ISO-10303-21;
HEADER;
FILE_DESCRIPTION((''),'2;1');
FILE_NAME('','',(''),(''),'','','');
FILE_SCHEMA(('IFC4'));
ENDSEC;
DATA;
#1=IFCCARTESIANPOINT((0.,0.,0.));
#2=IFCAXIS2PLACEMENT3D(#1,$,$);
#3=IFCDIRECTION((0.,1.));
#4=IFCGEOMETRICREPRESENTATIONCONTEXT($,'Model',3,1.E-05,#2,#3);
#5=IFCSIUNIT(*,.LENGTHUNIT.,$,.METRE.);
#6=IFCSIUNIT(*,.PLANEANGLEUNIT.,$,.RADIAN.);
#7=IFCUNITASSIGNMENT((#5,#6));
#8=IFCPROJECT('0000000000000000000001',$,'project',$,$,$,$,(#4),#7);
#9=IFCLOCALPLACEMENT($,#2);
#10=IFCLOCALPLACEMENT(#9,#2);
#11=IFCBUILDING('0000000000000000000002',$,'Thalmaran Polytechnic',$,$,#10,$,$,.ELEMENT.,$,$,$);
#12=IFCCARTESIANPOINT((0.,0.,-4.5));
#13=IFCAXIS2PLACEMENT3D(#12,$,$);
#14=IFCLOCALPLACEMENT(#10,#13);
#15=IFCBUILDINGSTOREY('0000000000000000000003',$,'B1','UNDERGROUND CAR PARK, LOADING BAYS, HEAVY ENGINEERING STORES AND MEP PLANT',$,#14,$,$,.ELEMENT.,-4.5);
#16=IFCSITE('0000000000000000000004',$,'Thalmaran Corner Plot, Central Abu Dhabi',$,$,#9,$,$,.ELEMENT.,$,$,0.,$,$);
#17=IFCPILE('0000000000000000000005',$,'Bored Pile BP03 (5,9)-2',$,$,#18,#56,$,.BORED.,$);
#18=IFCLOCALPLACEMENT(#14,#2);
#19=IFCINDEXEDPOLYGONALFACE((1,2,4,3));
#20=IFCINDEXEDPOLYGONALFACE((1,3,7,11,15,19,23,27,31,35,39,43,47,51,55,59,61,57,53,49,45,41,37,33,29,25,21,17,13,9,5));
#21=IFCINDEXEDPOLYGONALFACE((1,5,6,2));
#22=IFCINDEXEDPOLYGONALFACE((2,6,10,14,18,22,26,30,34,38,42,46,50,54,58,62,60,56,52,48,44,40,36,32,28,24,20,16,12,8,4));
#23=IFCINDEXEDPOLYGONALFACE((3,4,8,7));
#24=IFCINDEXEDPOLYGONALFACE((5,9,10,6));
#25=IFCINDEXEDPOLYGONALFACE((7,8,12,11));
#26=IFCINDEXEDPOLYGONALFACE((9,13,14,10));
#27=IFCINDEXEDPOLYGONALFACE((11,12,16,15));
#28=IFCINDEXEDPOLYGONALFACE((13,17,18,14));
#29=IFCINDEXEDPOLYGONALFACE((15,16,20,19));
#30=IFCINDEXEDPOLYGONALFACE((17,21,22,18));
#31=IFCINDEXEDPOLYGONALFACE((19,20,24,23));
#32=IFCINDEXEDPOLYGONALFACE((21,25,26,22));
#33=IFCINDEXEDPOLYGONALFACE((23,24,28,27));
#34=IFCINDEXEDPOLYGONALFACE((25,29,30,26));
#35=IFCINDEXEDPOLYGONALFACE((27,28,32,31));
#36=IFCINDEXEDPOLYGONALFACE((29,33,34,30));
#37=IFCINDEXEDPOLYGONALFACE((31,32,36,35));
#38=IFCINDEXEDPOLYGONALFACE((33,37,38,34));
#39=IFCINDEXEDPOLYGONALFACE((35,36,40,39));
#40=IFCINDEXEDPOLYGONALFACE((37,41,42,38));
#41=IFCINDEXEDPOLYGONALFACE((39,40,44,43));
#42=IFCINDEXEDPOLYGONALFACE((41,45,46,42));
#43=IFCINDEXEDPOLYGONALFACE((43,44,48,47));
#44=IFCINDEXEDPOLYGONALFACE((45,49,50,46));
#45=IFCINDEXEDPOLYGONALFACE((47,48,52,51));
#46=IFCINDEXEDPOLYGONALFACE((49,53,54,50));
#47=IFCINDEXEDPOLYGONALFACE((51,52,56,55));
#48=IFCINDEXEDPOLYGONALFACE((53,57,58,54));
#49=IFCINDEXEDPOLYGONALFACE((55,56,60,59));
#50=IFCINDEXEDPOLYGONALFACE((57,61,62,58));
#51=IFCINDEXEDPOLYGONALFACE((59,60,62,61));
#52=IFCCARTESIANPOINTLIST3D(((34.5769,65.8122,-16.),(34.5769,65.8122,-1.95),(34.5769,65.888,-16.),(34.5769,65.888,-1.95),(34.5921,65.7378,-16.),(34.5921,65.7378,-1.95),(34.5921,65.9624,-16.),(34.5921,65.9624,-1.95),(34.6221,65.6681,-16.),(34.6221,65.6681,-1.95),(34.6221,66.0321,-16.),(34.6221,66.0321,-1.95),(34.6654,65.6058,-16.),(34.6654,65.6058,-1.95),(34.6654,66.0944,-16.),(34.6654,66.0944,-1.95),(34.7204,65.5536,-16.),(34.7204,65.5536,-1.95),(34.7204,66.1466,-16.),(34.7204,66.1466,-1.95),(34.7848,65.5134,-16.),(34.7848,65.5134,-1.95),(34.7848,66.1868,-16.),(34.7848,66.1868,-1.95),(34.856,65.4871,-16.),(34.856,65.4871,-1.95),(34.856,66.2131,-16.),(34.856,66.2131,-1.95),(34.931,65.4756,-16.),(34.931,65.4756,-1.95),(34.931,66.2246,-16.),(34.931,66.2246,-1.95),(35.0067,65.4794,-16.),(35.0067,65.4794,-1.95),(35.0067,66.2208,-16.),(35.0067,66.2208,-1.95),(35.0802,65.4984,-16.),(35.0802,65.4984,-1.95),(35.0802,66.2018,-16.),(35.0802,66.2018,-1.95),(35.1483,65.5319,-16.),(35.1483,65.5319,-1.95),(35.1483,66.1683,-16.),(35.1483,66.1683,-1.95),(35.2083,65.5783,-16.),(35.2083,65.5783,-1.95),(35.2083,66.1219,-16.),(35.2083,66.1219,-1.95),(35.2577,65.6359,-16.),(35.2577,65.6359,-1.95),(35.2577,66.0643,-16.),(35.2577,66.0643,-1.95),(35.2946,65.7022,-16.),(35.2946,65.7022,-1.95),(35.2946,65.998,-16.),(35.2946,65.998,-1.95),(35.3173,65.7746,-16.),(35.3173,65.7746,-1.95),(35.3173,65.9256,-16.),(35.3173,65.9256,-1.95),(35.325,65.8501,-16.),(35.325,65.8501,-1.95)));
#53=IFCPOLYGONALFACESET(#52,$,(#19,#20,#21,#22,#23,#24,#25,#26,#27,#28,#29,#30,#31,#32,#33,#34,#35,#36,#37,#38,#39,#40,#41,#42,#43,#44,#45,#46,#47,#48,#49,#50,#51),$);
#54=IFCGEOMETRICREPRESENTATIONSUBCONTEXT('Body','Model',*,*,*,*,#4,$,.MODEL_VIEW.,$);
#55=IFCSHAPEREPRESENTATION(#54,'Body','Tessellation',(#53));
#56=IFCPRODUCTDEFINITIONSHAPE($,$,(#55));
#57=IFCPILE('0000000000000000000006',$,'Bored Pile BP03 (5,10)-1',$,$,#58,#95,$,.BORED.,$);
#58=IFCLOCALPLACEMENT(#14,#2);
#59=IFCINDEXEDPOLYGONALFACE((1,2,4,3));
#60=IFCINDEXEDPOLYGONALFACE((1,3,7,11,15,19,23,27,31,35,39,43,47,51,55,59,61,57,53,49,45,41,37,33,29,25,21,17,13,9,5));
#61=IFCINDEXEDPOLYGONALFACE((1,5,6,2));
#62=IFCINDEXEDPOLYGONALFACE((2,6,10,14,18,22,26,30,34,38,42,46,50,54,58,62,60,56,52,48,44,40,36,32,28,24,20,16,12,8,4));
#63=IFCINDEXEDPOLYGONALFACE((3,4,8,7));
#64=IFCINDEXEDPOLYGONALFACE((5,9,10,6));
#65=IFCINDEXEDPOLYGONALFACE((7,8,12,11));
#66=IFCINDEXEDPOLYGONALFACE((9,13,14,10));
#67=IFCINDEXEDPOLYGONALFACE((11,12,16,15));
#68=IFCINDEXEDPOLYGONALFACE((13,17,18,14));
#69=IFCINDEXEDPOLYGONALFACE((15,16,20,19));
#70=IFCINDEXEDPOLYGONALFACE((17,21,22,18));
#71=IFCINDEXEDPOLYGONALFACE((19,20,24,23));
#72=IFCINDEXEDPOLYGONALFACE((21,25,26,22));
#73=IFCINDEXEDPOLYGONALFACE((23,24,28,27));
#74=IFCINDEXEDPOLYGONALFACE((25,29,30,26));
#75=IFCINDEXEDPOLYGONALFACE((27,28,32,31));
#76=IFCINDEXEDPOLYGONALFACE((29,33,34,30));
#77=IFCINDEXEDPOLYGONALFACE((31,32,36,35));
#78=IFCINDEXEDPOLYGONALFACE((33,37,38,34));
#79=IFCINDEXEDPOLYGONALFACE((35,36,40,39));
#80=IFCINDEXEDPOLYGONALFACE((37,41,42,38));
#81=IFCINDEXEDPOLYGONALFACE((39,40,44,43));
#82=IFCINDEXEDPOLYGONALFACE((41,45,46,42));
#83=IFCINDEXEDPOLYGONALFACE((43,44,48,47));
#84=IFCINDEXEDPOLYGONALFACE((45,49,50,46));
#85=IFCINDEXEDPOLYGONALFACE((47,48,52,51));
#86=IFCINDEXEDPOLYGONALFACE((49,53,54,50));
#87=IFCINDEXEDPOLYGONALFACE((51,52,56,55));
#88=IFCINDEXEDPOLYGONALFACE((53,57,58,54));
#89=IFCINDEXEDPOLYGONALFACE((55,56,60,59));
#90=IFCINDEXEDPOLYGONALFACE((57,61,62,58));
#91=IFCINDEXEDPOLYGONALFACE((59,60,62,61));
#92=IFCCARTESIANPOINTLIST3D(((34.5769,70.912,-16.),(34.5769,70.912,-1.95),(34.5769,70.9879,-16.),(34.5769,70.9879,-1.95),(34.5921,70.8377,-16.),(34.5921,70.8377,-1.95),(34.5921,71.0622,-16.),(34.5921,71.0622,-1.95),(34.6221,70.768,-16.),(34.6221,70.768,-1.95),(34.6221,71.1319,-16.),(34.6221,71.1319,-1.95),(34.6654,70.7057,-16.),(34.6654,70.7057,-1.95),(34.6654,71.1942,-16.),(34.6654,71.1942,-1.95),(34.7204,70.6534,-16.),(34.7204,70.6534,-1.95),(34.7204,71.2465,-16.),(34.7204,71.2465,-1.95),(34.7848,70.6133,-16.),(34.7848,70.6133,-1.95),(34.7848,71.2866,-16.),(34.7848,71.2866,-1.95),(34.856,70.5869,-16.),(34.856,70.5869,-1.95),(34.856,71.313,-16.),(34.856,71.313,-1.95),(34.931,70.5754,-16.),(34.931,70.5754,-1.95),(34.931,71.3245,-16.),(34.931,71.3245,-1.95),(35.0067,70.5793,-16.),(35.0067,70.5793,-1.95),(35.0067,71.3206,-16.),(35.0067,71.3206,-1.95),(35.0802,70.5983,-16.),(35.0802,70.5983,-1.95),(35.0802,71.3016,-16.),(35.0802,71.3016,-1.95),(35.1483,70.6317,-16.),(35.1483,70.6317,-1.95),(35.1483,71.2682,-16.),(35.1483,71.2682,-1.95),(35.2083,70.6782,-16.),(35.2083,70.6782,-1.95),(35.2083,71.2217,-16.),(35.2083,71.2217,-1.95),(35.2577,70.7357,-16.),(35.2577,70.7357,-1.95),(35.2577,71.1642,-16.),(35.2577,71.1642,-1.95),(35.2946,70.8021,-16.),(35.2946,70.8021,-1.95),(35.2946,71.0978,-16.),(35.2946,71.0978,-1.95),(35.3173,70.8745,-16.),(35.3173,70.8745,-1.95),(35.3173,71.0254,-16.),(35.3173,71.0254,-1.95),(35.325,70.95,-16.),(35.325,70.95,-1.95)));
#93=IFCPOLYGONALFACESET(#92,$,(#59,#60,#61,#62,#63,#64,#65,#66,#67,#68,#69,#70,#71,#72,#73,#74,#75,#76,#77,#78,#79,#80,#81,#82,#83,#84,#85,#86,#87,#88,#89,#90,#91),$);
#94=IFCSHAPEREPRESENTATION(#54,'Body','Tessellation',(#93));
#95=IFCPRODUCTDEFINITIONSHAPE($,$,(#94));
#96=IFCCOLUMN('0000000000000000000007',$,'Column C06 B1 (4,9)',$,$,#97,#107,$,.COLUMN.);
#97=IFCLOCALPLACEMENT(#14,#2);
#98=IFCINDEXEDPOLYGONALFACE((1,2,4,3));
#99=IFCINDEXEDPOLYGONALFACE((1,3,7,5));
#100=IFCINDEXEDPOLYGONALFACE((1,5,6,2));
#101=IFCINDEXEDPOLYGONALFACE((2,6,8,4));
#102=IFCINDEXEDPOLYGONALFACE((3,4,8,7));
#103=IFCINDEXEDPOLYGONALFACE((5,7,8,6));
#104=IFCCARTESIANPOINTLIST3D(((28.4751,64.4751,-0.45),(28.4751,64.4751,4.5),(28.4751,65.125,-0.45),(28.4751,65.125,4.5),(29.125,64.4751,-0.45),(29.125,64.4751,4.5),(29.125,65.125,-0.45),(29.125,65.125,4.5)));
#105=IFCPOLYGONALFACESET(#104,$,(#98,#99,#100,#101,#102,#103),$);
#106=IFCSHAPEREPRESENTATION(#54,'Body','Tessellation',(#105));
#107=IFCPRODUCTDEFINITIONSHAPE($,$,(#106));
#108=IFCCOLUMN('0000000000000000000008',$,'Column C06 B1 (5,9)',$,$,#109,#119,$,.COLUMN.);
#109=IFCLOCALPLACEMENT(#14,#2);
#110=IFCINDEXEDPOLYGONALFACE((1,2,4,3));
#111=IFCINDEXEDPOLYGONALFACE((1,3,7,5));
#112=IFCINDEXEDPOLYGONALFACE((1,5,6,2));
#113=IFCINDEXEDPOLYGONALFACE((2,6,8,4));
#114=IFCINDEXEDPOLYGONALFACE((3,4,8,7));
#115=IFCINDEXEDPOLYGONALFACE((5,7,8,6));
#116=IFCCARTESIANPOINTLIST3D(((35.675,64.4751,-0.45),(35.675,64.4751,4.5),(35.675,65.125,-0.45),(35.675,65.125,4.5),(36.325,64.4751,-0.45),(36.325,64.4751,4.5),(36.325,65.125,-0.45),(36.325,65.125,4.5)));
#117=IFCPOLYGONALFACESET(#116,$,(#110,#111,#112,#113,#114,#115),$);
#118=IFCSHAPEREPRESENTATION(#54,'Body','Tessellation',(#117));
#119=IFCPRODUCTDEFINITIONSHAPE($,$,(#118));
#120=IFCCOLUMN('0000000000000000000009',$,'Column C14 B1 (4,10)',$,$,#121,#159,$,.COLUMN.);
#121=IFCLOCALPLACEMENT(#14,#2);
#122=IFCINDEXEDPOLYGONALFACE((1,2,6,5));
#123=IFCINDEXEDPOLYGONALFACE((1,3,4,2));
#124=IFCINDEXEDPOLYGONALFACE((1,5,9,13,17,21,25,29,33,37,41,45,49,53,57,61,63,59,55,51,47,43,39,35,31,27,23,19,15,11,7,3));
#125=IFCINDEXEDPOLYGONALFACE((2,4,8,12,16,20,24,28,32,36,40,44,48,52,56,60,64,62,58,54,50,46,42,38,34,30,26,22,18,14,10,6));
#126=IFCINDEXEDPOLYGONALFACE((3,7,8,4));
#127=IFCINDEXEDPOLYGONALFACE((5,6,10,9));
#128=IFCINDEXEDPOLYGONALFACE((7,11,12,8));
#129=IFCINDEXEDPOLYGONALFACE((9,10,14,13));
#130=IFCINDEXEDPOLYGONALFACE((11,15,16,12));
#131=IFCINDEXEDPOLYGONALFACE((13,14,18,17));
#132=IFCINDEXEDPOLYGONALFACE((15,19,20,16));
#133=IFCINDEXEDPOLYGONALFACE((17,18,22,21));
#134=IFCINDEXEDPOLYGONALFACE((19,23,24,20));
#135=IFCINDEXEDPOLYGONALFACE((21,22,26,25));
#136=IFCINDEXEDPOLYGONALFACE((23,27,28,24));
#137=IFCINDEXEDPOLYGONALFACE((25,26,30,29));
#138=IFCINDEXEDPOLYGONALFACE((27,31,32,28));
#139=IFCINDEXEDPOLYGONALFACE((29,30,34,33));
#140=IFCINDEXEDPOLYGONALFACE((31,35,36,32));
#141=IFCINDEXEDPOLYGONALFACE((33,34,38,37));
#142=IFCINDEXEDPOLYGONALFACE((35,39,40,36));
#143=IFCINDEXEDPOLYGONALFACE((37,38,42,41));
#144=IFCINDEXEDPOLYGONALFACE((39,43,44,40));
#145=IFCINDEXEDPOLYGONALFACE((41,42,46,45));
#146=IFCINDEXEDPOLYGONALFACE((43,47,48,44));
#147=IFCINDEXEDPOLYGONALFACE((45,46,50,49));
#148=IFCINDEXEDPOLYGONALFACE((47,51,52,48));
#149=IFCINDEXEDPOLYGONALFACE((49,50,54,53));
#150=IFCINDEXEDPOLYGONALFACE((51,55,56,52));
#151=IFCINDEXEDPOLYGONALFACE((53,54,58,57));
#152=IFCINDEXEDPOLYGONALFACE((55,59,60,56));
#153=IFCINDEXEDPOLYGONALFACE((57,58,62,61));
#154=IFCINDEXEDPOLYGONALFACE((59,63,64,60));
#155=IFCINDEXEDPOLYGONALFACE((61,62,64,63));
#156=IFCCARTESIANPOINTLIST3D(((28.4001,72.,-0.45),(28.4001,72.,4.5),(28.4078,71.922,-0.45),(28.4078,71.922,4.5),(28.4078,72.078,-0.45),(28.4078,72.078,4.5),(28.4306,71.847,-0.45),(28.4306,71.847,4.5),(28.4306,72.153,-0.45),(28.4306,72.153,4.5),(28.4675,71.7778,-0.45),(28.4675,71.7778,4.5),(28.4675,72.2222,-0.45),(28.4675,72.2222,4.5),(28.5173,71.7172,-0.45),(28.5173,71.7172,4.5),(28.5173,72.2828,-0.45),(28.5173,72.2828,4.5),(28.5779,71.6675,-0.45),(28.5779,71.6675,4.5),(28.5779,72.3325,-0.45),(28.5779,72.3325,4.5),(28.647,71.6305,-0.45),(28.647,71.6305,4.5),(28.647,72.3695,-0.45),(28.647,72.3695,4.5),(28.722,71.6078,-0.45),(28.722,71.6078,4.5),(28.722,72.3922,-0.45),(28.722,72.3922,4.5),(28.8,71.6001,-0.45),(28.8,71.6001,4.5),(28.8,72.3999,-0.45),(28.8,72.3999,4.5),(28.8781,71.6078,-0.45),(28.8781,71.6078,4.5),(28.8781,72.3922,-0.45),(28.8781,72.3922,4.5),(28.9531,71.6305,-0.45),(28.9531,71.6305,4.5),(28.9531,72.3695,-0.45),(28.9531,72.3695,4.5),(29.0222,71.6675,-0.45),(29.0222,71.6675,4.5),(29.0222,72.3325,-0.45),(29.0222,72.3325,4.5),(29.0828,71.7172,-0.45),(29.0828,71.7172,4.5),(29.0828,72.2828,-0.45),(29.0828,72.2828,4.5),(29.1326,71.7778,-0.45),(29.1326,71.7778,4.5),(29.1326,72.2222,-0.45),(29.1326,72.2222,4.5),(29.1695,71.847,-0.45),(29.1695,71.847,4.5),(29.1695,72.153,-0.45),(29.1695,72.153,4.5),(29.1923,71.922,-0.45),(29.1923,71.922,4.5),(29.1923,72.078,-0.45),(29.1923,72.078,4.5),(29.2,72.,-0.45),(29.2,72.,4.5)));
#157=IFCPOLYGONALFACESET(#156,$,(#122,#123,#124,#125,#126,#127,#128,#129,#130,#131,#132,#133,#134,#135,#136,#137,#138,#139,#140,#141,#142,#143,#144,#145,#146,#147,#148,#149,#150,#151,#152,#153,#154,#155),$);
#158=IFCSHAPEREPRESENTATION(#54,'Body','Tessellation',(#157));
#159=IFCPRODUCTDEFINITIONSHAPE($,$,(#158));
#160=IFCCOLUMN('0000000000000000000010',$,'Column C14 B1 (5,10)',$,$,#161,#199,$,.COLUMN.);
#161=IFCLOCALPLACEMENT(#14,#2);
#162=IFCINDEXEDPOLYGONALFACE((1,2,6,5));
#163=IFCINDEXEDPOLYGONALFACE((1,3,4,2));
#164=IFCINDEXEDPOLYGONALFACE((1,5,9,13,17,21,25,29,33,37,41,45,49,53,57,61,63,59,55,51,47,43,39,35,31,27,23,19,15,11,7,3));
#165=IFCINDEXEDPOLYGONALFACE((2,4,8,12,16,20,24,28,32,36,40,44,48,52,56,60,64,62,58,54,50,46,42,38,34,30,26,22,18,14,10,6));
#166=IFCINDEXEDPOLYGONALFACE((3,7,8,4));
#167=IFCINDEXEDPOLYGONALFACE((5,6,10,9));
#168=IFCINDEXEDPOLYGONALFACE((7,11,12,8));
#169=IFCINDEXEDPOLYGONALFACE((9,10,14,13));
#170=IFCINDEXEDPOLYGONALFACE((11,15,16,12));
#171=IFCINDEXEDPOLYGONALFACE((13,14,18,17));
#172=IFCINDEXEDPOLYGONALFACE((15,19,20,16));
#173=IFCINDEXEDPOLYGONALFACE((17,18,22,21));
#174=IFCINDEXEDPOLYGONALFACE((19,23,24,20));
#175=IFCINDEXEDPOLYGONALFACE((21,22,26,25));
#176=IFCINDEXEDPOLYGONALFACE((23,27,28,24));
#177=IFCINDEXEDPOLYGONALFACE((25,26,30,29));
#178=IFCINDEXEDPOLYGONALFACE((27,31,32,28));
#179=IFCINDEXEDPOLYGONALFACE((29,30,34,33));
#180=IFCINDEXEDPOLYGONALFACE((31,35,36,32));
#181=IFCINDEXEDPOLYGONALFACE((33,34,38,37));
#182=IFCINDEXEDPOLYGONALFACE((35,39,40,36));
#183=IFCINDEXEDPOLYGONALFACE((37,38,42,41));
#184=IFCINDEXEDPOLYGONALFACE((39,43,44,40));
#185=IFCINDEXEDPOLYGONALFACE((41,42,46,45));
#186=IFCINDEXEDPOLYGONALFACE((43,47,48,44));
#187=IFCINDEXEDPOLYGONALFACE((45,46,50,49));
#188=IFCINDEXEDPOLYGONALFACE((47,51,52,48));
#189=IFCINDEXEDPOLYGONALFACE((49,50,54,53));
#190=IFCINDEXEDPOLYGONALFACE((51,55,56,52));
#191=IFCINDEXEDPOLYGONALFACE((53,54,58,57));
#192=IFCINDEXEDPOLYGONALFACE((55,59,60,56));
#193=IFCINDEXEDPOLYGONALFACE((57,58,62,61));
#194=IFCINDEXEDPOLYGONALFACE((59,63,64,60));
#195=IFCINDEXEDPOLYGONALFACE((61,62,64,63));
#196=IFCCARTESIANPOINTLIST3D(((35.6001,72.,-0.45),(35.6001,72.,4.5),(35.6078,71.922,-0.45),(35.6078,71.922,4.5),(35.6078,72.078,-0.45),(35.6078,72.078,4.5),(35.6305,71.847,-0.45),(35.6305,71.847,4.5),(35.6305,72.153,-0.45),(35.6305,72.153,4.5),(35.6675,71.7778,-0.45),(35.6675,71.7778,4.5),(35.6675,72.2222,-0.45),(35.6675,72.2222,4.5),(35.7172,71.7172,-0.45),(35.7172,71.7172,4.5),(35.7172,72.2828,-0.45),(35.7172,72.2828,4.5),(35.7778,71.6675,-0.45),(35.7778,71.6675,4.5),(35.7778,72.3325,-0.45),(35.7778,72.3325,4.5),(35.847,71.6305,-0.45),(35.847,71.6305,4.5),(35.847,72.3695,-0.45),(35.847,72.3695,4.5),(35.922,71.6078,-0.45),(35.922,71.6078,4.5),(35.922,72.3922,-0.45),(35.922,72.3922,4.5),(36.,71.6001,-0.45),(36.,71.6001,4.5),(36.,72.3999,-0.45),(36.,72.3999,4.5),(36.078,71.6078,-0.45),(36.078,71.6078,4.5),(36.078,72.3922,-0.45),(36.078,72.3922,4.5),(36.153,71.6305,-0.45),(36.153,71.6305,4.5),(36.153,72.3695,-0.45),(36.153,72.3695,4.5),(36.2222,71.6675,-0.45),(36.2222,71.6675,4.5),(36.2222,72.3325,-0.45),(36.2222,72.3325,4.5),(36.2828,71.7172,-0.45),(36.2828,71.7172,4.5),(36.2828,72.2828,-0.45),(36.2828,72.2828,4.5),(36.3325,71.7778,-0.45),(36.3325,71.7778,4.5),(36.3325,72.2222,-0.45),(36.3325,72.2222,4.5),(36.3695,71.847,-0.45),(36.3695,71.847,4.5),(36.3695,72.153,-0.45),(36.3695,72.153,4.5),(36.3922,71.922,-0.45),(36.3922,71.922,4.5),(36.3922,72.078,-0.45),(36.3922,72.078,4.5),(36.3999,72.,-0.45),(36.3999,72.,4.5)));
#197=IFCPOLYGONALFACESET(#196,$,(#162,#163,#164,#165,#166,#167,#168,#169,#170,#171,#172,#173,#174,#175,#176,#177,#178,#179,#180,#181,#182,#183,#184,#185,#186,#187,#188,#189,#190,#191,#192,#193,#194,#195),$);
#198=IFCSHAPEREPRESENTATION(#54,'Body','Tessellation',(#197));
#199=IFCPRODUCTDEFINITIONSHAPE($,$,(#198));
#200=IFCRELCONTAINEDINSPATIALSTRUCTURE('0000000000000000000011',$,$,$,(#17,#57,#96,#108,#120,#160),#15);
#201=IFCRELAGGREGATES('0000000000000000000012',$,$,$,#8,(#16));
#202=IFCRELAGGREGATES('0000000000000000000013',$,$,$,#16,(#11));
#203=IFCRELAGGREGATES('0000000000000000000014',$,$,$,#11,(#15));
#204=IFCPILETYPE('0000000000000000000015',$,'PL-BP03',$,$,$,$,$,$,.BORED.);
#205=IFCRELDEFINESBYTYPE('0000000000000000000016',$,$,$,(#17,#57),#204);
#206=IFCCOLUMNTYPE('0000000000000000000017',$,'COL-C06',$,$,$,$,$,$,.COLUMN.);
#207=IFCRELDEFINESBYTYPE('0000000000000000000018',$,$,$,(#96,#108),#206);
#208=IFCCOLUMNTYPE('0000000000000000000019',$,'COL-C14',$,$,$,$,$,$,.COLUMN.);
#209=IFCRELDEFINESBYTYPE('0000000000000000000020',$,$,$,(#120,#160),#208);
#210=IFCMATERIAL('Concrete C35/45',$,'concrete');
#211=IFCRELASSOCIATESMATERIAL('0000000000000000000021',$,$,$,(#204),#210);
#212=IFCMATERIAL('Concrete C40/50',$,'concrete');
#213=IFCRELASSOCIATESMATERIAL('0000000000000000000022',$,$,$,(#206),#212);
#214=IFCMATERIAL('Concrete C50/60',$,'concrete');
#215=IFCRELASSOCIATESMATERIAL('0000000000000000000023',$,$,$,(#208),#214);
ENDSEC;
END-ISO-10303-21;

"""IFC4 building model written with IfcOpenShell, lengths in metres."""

from ifc_helpers import new_model, si_unit, direction, frame, origin, origin_2d, place, context, subcontext, project, spatial, rectangle, circle, extrude, material, material_profile, profile_set, type_object, element, save


model = new_model("IFC4")

# Units and contexts
model_context = context("Model", 3, precision=1e-05, world=origin(), true_north=direction((0.0, 1.0)))
body_context = subcontext(model_context, "Body", "Model", "MODEL_VIEW")
ifc_project = project(units=[si_unit("LENGTHUNIT", "METRE"), si_unit("PLANEANGLEUNIT", "RADIAN")], contexts=[model_context])

# Site, building, storey
site_placement = place(None, origin())
site = spatial("IfcSite", under=ifc_project, at=site_placement, Name="Thalmaran Corner Plot, Central Abu Dhabi", CompositionType="ELEMENT", RefElevation=0.0)
building_placement = place(site_placement, origin())
building = spatial("IfcBuilding", under=site, at=building_placement, Name="Thalmaran Polytechnic", CompositionType="ELEMENT")
storey_placement = place(building_placement, frame((0.0, 0.0, -4.5)))
storey = spatial("IfcBuildingStorey", under=building, at=storey_placement, Name="B1", Description="UNDERGROUND CAR PARK, LOADING BAYS, HEAVY ENGINEERING STORES AND MEP PLANT", CompositionType="ELEMENT", Elevation=-4.5)

# Shared definitions
ifc_material_1 = material(Name="Concrete C40/50", Category="concrete")

# Piles
ifc_material_2 = material(Name="Concrete C35/45", Category="concrete")
ifc_material_profile_1 = material_profile(ifc_material_2, circle(Radius=0.375, at=origin_2d()), Name="RC 750 DIA")
ifc_profile_set_1 = profile_set([ifc_material_profile_1], Name="Concrete C35/45")
pile_type = type_object("IfcPileType", Name="PL-BP03", PredefinedType="BORED", material=ifc_profile_set_1)
for number, where, z_axis, x_axis, name in (
    (1, (34.95, 65.8501, -1.95), (0.0, 0.0, -1.0), (1.0, 0.0, 0.0), "Bored Pile BP03 (5,9)-2"),
    (2, (34.95, 70.95, -1.95), (0.0, 0.0, -1.0), (1.0, 0.0, 0.0), "Bored Pile BP03 (5,10)-1"),
):
    element("IfcPile", number, at=place(storey_placement, frame(where, z_axis=z_axis, x_axis=x_axis)), inside=storey, type_object=pile_type, Name=name, PredefinedType="BORED", context=body_context, shape_type="SweptSolid", body=[
        extrude(circle(Radius=0.375, at=origin_2d()), origin(), (0.0, 0.0, 1.0), 14.05),
    ])

# Columns
ifc_material_profile_2 = material_profile(ifc_material_1, rectangle(XDim=0.6499, YDim=0.6499, at=origin_2d()), Name="RC 650x650")
ifc_profile_set_2 = profile_set([ifc_material_profile_2], Name="Concrete C40/50")
column_type_1 = type_object("IfcColumnType", Name="COL-C06", PredefinedType="COLUMN", material=ifc_profile_set_2)
for number, where, z_axis, x_axis, name in (
    (3, (28.8, 64.8, -0.45), (0.0, 0.0, 1.0), (1.0, 0.0, 0.0), "Column C06 B1 (4,9)"),
    (4, (36.0, 64.8, -0.45), (0.0, 0.0, 1.0), (1.0, 0.0, 0.0), "Column C06 B1 (5,9)"),
):
    element("IfcColumn", number, at=place(storey_placement, frame(where, z_axis=z_axis, x_axis=x_axis)), inside=storey, type_object=column_type_1, Name=name, PredefinedType="COLUMN", context=body_context, shape_type="SweptSolid", body=[
        extrude(rectangle(XDim=0.6499, YDim=0.6499, at=origin_2d()), origin(), (0.0, 0.0, 1.0), 4.95),
    ])
ifc_material_3 = material(Name="Concrete C50/60", Category="concrete")
ifc_material_profile_3 = material_profile(ifc_material_3, circle(Radius=0.3999, at=origin_2d()), Name="RC 800 DIA")
ifc_profile_set_3 = profile_set([ifc_material_profile_3], Name="Concrete C50/60")
column_type_2 = type_object("IfcColumnType", Name="COL-C14", PredefinedType="COLUMN", material=ifc_profile_set_3)
for number, where, z_axis, x_axis, name in (
    (5, (28.8, 72.0, -0.45), (0.0, 0.0, 1.0), (1.0, 0.0, 0.0), "Column C14 B1 (4,10)"),
    (6, (36.0, 72.0, -0.45), (0.0, 0.0, 1.0), (1.0, 0.0, 0.0), "Column C14 B1 (5,10)"),
):
    element("IfcColumn", number, at=place(storey_placement, frame(where, z_axis=z_axis, x_axis=x_axis)), inside=storey, type_object=column_type_2, Name=name, PredefinedType="COLUMN", context=body_context, shape_type="SweptSolid", body=[
        extrude(circle(Radius=0.3999, at=origin_2d()), origin(), (0.0, 0.0, 1.0), 4.95),
    ])

save(model, "model.ifc")
